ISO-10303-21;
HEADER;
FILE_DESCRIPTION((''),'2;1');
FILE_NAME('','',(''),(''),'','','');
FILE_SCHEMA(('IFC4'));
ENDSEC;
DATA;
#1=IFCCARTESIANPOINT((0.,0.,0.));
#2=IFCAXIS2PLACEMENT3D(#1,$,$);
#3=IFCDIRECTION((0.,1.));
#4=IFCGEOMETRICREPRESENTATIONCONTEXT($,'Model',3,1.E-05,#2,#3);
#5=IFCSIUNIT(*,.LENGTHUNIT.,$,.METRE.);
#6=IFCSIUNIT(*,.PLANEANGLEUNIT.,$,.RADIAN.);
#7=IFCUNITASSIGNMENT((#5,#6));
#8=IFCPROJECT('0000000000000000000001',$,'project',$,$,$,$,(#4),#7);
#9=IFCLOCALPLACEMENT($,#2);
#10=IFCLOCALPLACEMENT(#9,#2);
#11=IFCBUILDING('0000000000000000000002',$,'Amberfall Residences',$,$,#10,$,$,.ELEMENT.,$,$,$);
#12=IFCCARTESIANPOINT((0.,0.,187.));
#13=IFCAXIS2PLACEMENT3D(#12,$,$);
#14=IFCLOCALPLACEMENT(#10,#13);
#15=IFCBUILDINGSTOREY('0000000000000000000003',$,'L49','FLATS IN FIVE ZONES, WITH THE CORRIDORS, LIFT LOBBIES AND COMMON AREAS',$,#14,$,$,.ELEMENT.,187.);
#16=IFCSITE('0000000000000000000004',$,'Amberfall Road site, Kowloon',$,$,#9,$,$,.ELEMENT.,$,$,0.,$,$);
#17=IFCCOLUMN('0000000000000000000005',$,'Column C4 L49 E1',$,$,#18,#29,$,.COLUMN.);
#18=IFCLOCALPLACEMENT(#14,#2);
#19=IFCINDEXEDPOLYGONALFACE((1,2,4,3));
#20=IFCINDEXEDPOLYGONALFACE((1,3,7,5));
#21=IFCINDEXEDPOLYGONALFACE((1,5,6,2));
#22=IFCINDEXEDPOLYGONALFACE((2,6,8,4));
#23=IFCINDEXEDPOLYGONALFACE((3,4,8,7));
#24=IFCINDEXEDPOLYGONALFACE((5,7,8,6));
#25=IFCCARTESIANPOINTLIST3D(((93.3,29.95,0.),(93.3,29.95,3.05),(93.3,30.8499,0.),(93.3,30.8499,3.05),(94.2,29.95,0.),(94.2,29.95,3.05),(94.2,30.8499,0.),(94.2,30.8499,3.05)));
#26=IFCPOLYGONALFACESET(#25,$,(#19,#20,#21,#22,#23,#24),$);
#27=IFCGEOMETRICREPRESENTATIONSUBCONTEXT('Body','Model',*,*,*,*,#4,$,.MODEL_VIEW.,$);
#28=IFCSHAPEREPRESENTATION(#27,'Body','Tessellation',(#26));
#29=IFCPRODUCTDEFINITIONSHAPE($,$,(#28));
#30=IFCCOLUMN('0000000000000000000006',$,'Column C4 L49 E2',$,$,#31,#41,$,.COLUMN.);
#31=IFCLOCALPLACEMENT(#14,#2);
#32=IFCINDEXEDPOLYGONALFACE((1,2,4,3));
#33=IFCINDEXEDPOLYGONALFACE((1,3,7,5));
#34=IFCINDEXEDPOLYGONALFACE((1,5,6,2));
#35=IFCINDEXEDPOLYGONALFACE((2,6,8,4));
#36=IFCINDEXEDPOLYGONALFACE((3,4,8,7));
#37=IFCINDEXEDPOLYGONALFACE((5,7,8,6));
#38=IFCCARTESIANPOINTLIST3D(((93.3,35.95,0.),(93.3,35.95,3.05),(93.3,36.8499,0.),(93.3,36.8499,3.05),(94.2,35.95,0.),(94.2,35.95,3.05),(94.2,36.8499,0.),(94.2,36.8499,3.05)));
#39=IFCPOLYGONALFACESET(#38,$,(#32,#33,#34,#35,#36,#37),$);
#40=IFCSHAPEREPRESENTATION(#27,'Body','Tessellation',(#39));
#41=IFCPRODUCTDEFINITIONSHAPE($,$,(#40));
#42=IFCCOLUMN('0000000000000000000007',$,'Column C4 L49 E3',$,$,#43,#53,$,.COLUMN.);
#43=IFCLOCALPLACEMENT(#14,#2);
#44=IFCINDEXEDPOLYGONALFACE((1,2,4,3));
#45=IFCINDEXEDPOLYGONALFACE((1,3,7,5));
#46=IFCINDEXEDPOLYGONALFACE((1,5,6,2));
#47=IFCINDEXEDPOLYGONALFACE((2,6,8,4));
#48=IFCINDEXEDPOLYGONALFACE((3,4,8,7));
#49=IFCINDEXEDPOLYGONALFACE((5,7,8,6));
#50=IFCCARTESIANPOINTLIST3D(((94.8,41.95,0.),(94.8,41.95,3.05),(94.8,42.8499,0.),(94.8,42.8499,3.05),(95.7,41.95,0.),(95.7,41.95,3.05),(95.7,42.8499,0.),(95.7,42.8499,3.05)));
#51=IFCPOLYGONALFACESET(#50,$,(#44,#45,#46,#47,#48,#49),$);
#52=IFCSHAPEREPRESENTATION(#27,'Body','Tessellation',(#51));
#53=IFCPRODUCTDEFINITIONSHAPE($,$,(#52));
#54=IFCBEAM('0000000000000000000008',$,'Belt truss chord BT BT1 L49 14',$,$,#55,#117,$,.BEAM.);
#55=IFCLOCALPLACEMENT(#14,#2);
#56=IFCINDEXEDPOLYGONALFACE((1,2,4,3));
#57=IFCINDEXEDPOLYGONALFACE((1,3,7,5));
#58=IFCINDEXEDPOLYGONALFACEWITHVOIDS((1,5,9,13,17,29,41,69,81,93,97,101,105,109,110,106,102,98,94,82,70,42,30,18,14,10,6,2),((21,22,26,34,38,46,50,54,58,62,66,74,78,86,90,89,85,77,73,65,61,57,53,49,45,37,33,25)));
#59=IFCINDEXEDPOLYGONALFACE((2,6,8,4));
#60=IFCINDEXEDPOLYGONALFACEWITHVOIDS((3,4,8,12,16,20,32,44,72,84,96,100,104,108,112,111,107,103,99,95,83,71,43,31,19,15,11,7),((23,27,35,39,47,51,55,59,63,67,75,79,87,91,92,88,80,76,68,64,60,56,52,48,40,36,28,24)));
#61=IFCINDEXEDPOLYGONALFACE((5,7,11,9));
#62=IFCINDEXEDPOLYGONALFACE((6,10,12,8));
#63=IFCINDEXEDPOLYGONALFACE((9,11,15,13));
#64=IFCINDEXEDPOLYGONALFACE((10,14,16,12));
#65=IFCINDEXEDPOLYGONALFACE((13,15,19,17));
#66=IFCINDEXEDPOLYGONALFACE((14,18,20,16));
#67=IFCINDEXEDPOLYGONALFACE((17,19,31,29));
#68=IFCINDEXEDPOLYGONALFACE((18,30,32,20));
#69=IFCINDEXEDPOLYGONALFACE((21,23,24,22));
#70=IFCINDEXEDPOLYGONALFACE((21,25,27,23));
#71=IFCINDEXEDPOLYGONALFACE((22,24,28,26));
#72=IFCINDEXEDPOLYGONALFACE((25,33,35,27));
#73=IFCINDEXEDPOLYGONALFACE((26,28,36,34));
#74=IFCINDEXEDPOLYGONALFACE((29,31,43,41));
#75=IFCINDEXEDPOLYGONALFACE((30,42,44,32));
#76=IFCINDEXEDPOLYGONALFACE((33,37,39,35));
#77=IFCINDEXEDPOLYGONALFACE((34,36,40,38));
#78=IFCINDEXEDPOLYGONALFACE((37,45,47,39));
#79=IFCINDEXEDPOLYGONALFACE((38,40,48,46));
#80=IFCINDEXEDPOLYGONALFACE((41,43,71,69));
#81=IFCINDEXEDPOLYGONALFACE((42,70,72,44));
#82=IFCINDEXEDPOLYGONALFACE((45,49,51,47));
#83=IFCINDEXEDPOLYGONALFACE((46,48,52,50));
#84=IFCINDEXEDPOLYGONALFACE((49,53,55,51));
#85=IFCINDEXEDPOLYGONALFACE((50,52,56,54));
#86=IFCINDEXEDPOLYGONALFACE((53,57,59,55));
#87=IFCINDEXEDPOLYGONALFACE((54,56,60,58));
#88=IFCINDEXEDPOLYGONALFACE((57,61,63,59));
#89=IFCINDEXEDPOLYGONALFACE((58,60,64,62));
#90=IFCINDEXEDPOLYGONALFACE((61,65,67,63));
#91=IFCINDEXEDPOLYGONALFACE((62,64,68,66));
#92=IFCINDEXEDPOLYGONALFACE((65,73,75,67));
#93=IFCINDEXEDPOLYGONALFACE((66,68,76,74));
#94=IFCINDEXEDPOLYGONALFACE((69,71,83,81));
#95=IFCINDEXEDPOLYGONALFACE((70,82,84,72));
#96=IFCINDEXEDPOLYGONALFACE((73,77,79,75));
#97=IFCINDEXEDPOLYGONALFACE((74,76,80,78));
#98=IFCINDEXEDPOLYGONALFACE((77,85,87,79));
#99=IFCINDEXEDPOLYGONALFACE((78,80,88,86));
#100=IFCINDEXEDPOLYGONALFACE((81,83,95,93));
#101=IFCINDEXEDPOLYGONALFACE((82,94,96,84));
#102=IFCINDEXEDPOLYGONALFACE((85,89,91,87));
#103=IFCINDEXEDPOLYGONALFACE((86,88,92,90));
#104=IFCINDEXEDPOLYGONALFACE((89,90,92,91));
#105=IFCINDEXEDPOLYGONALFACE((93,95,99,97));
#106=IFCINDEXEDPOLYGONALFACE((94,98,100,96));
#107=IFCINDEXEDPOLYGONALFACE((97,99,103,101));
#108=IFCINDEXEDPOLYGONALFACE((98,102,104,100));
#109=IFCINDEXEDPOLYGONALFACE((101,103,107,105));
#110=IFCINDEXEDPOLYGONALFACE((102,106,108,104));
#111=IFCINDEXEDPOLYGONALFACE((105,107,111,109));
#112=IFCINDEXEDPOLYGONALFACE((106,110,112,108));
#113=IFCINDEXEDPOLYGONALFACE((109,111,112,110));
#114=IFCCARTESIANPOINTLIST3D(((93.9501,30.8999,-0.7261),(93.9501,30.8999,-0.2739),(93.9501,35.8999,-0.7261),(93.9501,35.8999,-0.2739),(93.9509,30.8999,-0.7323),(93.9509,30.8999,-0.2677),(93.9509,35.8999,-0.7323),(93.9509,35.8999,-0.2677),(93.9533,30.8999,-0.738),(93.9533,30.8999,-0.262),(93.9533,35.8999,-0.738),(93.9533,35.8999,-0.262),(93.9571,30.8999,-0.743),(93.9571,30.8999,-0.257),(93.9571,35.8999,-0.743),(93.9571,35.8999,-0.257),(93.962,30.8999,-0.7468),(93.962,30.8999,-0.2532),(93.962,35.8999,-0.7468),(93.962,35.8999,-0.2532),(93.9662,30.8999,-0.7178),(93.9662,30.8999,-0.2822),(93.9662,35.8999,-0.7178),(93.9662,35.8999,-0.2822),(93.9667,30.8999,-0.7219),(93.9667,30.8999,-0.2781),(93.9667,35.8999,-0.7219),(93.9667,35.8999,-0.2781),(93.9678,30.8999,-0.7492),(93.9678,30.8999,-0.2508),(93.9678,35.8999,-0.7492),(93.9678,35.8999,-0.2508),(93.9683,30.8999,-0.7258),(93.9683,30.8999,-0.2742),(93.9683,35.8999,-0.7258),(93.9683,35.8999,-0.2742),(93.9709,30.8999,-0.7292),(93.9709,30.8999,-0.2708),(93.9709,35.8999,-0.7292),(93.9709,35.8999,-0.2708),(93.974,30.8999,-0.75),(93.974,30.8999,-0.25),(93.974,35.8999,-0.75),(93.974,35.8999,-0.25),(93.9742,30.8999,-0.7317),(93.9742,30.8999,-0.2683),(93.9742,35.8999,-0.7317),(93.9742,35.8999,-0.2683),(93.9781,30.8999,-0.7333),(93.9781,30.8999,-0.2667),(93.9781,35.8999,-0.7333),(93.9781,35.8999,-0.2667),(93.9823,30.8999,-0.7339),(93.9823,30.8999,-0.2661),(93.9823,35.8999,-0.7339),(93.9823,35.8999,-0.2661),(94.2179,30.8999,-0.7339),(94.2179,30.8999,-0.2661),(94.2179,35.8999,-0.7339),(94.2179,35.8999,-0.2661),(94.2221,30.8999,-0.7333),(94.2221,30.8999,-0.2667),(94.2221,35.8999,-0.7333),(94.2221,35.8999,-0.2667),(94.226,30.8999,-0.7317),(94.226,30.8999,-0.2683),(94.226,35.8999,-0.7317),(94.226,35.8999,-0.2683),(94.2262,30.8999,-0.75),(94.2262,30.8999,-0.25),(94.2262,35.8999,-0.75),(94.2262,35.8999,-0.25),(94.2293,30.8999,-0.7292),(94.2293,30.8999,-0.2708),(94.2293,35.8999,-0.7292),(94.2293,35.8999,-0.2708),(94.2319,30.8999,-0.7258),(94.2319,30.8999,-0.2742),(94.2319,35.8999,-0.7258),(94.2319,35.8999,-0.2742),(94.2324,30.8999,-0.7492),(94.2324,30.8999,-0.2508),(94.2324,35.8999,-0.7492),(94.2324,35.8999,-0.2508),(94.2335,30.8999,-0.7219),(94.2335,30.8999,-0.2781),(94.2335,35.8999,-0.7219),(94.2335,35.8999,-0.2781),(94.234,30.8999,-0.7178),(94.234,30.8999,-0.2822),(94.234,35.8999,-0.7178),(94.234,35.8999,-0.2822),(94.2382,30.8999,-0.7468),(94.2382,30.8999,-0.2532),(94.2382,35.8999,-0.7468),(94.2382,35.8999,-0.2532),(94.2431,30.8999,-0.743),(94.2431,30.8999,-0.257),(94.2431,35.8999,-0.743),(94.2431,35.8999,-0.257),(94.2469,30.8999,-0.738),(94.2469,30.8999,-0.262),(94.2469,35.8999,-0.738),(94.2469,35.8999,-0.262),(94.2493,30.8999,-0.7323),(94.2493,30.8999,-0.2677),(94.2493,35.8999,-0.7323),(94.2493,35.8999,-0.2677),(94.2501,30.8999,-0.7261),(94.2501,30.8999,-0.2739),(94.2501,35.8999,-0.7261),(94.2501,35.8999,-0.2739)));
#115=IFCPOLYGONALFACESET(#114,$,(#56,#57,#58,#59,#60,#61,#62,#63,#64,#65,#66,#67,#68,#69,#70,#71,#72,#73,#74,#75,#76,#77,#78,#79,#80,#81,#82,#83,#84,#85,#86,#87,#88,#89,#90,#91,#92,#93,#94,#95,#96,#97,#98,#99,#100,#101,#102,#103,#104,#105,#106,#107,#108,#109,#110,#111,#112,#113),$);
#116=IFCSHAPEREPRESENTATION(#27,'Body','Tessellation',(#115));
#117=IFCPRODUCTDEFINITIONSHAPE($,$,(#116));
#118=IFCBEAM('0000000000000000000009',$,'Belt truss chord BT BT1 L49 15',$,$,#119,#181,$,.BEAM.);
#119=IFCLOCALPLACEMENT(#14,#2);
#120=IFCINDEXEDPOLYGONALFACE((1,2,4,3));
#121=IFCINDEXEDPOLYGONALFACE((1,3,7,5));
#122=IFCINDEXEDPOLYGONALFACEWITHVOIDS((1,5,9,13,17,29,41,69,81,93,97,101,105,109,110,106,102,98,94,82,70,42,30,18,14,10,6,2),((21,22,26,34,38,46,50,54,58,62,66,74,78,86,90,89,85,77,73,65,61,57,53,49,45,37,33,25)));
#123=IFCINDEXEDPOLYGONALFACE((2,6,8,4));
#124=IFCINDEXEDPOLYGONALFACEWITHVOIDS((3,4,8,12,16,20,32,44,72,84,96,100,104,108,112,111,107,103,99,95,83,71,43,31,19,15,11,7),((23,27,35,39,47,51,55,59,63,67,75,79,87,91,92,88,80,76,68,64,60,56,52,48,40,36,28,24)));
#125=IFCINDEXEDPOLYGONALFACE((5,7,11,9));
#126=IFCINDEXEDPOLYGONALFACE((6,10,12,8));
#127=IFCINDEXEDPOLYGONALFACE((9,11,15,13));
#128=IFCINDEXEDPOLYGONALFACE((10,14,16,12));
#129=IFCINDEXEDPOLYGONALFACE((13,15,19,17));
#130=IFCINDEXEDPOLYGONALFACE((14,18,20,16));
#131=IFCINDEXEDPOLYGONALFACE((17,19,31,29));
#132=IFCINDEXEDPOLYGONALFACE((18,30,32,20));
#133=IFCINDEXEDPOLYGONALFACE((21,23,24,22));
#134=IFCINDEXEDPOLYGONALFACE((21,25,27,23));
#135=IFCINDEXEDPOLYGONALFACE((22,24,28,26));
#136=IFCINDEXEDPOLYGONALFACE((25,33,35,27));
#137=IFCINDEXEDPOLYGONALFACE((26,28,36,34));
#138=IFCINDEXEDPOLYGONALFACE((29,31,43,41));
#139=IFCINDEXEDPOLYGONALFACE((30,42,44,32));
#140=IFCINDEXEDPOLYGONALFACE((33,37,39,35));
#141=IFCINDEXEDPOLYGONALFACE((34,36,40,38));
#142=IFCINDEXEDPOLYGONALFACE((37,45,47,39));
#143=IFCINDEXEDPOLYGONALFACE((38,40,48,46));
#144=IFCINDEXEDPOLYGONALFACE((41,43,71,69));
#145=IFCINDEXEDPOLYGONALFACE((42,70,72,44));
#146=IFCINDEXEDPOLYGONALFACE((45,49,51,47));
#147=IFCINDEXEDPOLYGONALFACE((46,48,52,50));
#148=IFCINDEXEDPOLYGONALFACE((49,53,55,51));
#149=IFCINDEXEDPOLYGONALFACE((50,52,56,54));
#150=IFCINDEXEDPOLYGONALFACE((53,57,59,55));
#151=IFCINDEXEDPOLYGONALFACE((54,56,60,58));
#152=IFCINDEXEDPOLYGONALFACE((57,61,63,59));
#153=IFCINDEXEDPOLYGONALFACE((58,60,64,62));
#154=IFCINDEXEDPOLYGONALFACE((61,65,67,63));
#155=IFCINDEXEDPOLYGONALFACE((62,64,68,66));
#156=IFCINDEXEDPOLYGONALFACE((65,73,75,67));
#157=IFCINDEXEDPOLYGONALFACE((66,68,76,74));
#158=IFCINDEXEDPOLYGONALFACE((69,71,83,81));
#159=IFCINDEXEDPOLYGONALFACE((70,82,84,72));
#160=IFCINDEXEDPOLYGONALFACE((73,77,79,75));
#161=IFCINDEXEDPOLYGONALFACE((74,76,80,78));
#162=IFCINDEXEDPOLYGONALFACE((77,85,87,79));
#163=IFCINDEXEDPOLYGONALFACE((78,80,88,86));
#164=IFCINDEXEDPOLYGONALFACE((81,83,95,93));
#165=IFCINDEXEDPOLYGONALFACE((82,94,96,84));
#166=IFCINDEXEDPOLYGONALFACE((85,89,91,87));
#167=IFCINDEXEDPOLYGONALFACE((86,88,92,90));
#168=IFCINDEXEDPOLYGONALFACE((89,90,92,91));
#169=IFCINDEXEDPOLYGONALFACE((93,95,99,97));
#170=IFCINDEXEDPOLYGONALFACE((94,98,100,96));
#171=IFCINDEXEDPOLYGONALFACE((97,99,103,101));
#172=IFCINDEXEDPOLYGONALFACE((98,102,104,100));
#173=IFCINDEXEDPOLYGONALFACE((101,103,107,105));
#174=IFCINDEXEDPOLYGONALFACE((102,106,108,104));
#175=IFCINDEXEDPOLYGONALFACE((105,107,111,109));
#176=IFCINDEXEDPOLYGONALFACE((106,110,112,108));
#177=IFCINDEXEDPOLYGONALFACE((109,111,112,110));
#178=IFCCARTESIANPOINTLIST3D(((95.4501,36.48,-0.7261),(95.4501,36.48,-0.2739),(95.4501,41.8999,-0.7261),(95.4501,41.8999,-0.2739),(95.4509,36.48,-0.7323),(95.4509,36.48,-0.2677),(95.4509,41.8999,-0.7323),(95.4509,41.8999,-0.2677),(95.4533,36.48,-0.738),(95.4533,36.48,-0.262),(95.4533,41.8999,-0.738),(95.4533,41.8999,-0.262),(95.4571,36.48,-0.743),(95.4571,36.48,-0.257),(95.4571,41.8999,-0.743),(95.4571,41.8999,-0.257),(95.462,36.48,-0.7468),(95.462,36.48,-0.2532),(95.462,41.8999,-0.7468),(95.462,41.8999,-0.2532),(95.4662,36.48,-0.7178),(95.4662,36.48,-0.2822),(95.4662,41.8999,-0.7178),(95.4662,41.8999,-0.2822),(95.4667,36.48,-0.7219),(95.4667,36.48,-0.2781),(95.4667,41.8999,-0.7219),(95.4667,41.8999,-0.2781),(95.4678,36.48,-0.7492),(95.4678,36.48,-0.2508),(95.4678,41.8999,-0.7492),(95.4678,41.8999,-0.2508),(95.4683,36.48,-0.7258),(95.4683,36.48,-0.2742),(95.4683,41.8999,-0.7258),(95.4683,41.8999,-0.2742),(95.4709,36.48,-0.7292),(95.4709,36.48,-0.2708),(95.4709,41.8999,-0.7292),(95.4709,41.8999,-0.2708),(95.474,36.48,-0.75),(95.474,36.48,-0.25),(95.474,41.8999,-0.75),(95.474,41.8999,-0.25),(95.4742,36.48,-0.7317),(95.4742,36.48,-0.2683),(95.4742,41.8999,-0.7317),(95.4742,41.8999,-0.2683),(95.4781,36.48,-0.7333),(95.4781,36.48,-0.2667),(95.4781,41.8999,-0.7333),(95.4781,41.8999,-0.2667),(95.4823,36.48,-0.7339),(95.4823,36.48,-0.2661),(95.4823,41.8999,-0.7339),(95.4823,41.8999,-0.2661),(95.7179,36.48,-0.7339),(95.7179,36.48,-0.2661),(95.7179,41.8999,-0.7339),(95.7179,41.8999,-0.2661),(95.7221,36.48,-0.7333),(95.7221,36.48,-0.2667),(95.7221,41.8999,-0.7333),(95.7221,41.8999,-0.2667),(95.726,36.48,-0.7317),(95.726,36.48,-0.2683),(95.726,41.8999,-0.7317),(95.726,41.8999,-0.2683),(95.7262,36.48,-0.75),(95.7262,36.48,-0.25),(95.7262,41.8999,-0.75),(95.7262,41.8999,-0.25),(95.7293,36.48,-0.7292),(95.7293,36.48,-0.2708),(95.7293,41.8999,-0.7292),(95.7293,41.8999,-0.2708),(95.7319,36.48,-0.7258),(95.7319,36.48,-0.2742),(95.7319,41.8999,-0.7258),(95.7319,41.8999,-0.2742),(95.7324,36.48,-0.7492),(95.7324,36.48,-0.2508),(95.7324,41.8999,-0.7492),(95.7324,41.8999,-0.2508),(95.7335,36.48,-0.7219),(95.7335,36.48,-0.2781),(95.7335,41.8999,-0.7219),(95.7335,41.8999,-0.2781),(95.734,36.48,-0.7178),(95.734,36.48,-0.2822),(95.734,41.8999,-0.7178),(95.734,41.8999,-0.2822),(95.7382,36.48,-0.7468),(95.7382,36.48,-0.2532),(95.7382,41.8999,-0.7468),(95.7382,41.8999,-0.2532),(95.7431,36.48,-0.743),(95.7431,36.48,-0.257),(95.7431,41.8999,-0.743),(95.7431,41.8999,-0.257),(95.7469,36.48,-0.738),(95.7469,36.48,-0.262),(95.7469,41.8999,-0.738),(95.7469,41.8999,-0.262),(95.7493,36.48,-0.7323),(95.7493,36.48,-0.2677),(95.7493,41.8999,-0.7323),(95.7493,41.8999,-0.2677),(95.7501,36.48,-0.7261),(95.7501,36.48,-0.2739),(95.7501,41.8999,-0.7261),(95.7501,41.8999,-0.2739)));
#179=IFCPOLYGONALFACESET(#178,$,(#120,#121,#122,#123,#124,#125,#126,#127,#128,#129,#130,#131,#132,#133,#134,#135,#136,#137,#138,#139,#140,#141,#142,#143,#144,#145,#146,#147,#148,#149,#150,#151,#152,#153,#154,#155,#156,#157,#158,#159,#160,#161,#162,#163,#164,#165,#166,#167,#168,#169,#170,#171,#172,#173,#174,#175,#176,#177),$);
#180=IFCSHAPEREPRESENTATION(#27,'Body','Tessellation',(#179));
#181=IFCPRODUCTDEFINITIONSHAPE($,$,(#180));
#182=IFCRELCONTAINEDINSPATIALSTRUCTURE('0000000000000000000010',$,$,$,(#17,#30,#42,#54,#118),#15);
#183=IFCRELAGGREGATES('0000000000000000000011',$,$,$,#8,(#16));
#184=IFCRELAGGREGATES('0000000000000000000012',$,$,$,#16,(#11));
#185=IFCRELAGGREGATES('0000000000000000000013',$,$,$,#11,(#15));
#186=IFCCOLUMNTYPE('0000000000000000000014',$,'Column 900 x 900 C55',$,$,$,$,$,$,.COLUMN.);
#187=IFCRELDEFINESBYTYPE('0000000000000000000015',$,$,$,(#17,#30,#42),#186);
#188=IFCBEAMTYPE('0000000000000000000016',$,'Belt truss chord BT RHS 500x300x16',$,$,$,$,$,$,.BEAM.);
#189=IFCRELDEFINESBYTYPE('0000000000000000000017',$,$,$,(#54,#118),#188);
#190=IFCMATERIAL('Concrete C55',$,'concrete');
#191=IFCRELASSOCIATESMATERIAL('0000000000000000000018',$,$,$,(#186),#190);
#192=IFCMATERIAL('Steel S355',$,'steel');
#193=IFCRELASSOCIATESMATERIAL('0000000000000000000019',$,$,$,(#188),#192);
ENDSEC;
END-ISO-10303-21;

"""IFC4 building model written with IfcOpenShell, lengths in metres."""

from ifc_helpers import new_model, si_unit, direction, frame, origin, origin_2d, place, context, subcontext, project, spatial, rectangle, hollow_rectangle, extrude, material, material_profile, profile_set, type_object, element, save


model = new_model("IFC4")

# Units and contexts
model_context = context("Model", 3, precision=1e-05, world=origin(), true_north=direction((0.0, 1.0)))
body_context = subcontext(model_context, "Body", "Model", "MODEL_VIEW")
ifc_project = project(units=[si_unit("LENGTHUNIT", "METRE"), si_unit("PLANEANGLEUNIT", "RADIAN")], contexts=[model_context])

# Site, building, storey
site_placement = place(None, origin())
site = spatial("IfcSite", under=ifc_project, at=site_placement, Name="Amberfall Road site, Kowloon", CompositionType="ELEMENT", RefElevation=0.0)
building_placement = place(site_placement, origin())
building = spatial("IfcBuilding", under=site, at=building_placement, Name="Amberfall Residences", CompositionType="ELEMENT")
storey_placement = place(building_placement, frame((0.0, 0.0, 187.0)))
storey = spatial("IfcBuildingStorey", under=building, at=storey_placement, Name="L49", Description="FLATS IN FIVE ZONES, WITH THE CORRIDORS, LIFT LOBBIES AND COMMON AREAS", CompositionType="ELEMENT", Elevation=187.0)

# Columns
ifc_material_1 = material(Name="Concrete C55", Category="concrete")
ifc_material_profile_1 = material_profile(ifc_material_1, rectangle(XDim=0.8999, YDim=0.8999, at=origin_2d()), Name="Column 900 x 900 C55")
ifc_profile_set_1 = profile_set([ifc_material_profile_1], Name="Concrete C55")
column_type = type_object("IfcColumnType", Name="Column 900 x 900 C55", PredefinedType="COLUMN", material=ifc_profile_set_1)
for number, where, z_axis, x_axis, name in (
    (1, (93.75, 30.3999, 0.0), (0.0, 0.0, 1.0), (1.0, 0.0, 0.0), "Column C4 L49 E1"),
    (2, (93.75, 36.3999, 0.0), (0.0, 0.0, 1.0), (1.0, 0.0, 0.0), "Column C4 L49 E2"),
    (3, (95.25, 42.3999, 0.0), (0.0, 0.0, 1.0), (1.0, 0.0, 0.0), "Column C4 L49 E3"),
):
    element("IfcColumn", number, at=place(storey_placement, frame(where, z_axis=z_axis, x_axis=x_axis)), inside=storey, type_object=column_type, Name=name, PredefinedType="COLUMN", context=body_context, shape_type="SweptSolid", body=[
        extrude(rectangle(XDim=0.8999, YDim=0.8999, at=origin_2d()), origin(), (0.0, 0.0, 1.0), 3.05),
    ])

# Beams
ifc_material_2 = material(Name="Steel S355", Category="steel")
ifc_material_profile_2 = material_profile(ifc_material_2, hollow_rectangle(XDim=0.3, YDim=0.5, WallThickness=0.0161, InnerFilletRadius=0.0161, OuterFilletRadius=0.0239, at=origin_2d()), Name="RHS 500x300x16")
ifc_profile_set_2 = profile_set([ifc_material_profile_2], Name="Steel S355")
beam_type_1 = type_object("IfcBeamType", Name="Belt truss chord BT RHS 500x300x16", PredefinedType="BEAM", material=ifc_profile_set_2)
beam_1_placement = place(storey_placement, frame((94.1001, 30.8999, -0.5), z_axis=(0.0, 1.0, 0.0), x_axis=(-1.0, 0.0, 0.0)))
element("IfcBeam", 4, at=beam_1_placement, inside=storey, type_object=beam_type_1, Name="Belt truss chord BT BT1 L49 14", PredefinedType="BEAM", context=body_context, shape_type="SweptSolid", body=[
    extrude(hollow_rectangle(XDim=0.3, YDim=0.5, WallThickness=0.0161, InnerFilletRadius=0.0161, OuterFilletRadius=0.0239, at=origin_2d()), origin(), (0.0, 0.0, 1.0), 5.0),
])
beam_2_placement = place(storey_placement, frame((95.6001, 36.48, -0.5), z_axis=(0.0, 1.0, 0.0), x_axis=(-1.0, 0.0, 0.0)))
element("IfcBeam", 5, at=beam_2_placement, inside=storey, type_object=beam_type_1, Name="Belt truss chord BT BT1 L49 15", PredefinedType="BEAM", context=body_context, shape_type="SweptSolid", body=[
    extrude(hollow_rectangle(XDim=0.3, YDim=0.5, WallThickness=0.0161, InnerFilletRadius=0.0161, OuterFilletRadius=0.0239, at=origin_2d()), origin(), (0.0, 0.0, 1.0), 5.4199),
])

save(model, "model.ifc")
